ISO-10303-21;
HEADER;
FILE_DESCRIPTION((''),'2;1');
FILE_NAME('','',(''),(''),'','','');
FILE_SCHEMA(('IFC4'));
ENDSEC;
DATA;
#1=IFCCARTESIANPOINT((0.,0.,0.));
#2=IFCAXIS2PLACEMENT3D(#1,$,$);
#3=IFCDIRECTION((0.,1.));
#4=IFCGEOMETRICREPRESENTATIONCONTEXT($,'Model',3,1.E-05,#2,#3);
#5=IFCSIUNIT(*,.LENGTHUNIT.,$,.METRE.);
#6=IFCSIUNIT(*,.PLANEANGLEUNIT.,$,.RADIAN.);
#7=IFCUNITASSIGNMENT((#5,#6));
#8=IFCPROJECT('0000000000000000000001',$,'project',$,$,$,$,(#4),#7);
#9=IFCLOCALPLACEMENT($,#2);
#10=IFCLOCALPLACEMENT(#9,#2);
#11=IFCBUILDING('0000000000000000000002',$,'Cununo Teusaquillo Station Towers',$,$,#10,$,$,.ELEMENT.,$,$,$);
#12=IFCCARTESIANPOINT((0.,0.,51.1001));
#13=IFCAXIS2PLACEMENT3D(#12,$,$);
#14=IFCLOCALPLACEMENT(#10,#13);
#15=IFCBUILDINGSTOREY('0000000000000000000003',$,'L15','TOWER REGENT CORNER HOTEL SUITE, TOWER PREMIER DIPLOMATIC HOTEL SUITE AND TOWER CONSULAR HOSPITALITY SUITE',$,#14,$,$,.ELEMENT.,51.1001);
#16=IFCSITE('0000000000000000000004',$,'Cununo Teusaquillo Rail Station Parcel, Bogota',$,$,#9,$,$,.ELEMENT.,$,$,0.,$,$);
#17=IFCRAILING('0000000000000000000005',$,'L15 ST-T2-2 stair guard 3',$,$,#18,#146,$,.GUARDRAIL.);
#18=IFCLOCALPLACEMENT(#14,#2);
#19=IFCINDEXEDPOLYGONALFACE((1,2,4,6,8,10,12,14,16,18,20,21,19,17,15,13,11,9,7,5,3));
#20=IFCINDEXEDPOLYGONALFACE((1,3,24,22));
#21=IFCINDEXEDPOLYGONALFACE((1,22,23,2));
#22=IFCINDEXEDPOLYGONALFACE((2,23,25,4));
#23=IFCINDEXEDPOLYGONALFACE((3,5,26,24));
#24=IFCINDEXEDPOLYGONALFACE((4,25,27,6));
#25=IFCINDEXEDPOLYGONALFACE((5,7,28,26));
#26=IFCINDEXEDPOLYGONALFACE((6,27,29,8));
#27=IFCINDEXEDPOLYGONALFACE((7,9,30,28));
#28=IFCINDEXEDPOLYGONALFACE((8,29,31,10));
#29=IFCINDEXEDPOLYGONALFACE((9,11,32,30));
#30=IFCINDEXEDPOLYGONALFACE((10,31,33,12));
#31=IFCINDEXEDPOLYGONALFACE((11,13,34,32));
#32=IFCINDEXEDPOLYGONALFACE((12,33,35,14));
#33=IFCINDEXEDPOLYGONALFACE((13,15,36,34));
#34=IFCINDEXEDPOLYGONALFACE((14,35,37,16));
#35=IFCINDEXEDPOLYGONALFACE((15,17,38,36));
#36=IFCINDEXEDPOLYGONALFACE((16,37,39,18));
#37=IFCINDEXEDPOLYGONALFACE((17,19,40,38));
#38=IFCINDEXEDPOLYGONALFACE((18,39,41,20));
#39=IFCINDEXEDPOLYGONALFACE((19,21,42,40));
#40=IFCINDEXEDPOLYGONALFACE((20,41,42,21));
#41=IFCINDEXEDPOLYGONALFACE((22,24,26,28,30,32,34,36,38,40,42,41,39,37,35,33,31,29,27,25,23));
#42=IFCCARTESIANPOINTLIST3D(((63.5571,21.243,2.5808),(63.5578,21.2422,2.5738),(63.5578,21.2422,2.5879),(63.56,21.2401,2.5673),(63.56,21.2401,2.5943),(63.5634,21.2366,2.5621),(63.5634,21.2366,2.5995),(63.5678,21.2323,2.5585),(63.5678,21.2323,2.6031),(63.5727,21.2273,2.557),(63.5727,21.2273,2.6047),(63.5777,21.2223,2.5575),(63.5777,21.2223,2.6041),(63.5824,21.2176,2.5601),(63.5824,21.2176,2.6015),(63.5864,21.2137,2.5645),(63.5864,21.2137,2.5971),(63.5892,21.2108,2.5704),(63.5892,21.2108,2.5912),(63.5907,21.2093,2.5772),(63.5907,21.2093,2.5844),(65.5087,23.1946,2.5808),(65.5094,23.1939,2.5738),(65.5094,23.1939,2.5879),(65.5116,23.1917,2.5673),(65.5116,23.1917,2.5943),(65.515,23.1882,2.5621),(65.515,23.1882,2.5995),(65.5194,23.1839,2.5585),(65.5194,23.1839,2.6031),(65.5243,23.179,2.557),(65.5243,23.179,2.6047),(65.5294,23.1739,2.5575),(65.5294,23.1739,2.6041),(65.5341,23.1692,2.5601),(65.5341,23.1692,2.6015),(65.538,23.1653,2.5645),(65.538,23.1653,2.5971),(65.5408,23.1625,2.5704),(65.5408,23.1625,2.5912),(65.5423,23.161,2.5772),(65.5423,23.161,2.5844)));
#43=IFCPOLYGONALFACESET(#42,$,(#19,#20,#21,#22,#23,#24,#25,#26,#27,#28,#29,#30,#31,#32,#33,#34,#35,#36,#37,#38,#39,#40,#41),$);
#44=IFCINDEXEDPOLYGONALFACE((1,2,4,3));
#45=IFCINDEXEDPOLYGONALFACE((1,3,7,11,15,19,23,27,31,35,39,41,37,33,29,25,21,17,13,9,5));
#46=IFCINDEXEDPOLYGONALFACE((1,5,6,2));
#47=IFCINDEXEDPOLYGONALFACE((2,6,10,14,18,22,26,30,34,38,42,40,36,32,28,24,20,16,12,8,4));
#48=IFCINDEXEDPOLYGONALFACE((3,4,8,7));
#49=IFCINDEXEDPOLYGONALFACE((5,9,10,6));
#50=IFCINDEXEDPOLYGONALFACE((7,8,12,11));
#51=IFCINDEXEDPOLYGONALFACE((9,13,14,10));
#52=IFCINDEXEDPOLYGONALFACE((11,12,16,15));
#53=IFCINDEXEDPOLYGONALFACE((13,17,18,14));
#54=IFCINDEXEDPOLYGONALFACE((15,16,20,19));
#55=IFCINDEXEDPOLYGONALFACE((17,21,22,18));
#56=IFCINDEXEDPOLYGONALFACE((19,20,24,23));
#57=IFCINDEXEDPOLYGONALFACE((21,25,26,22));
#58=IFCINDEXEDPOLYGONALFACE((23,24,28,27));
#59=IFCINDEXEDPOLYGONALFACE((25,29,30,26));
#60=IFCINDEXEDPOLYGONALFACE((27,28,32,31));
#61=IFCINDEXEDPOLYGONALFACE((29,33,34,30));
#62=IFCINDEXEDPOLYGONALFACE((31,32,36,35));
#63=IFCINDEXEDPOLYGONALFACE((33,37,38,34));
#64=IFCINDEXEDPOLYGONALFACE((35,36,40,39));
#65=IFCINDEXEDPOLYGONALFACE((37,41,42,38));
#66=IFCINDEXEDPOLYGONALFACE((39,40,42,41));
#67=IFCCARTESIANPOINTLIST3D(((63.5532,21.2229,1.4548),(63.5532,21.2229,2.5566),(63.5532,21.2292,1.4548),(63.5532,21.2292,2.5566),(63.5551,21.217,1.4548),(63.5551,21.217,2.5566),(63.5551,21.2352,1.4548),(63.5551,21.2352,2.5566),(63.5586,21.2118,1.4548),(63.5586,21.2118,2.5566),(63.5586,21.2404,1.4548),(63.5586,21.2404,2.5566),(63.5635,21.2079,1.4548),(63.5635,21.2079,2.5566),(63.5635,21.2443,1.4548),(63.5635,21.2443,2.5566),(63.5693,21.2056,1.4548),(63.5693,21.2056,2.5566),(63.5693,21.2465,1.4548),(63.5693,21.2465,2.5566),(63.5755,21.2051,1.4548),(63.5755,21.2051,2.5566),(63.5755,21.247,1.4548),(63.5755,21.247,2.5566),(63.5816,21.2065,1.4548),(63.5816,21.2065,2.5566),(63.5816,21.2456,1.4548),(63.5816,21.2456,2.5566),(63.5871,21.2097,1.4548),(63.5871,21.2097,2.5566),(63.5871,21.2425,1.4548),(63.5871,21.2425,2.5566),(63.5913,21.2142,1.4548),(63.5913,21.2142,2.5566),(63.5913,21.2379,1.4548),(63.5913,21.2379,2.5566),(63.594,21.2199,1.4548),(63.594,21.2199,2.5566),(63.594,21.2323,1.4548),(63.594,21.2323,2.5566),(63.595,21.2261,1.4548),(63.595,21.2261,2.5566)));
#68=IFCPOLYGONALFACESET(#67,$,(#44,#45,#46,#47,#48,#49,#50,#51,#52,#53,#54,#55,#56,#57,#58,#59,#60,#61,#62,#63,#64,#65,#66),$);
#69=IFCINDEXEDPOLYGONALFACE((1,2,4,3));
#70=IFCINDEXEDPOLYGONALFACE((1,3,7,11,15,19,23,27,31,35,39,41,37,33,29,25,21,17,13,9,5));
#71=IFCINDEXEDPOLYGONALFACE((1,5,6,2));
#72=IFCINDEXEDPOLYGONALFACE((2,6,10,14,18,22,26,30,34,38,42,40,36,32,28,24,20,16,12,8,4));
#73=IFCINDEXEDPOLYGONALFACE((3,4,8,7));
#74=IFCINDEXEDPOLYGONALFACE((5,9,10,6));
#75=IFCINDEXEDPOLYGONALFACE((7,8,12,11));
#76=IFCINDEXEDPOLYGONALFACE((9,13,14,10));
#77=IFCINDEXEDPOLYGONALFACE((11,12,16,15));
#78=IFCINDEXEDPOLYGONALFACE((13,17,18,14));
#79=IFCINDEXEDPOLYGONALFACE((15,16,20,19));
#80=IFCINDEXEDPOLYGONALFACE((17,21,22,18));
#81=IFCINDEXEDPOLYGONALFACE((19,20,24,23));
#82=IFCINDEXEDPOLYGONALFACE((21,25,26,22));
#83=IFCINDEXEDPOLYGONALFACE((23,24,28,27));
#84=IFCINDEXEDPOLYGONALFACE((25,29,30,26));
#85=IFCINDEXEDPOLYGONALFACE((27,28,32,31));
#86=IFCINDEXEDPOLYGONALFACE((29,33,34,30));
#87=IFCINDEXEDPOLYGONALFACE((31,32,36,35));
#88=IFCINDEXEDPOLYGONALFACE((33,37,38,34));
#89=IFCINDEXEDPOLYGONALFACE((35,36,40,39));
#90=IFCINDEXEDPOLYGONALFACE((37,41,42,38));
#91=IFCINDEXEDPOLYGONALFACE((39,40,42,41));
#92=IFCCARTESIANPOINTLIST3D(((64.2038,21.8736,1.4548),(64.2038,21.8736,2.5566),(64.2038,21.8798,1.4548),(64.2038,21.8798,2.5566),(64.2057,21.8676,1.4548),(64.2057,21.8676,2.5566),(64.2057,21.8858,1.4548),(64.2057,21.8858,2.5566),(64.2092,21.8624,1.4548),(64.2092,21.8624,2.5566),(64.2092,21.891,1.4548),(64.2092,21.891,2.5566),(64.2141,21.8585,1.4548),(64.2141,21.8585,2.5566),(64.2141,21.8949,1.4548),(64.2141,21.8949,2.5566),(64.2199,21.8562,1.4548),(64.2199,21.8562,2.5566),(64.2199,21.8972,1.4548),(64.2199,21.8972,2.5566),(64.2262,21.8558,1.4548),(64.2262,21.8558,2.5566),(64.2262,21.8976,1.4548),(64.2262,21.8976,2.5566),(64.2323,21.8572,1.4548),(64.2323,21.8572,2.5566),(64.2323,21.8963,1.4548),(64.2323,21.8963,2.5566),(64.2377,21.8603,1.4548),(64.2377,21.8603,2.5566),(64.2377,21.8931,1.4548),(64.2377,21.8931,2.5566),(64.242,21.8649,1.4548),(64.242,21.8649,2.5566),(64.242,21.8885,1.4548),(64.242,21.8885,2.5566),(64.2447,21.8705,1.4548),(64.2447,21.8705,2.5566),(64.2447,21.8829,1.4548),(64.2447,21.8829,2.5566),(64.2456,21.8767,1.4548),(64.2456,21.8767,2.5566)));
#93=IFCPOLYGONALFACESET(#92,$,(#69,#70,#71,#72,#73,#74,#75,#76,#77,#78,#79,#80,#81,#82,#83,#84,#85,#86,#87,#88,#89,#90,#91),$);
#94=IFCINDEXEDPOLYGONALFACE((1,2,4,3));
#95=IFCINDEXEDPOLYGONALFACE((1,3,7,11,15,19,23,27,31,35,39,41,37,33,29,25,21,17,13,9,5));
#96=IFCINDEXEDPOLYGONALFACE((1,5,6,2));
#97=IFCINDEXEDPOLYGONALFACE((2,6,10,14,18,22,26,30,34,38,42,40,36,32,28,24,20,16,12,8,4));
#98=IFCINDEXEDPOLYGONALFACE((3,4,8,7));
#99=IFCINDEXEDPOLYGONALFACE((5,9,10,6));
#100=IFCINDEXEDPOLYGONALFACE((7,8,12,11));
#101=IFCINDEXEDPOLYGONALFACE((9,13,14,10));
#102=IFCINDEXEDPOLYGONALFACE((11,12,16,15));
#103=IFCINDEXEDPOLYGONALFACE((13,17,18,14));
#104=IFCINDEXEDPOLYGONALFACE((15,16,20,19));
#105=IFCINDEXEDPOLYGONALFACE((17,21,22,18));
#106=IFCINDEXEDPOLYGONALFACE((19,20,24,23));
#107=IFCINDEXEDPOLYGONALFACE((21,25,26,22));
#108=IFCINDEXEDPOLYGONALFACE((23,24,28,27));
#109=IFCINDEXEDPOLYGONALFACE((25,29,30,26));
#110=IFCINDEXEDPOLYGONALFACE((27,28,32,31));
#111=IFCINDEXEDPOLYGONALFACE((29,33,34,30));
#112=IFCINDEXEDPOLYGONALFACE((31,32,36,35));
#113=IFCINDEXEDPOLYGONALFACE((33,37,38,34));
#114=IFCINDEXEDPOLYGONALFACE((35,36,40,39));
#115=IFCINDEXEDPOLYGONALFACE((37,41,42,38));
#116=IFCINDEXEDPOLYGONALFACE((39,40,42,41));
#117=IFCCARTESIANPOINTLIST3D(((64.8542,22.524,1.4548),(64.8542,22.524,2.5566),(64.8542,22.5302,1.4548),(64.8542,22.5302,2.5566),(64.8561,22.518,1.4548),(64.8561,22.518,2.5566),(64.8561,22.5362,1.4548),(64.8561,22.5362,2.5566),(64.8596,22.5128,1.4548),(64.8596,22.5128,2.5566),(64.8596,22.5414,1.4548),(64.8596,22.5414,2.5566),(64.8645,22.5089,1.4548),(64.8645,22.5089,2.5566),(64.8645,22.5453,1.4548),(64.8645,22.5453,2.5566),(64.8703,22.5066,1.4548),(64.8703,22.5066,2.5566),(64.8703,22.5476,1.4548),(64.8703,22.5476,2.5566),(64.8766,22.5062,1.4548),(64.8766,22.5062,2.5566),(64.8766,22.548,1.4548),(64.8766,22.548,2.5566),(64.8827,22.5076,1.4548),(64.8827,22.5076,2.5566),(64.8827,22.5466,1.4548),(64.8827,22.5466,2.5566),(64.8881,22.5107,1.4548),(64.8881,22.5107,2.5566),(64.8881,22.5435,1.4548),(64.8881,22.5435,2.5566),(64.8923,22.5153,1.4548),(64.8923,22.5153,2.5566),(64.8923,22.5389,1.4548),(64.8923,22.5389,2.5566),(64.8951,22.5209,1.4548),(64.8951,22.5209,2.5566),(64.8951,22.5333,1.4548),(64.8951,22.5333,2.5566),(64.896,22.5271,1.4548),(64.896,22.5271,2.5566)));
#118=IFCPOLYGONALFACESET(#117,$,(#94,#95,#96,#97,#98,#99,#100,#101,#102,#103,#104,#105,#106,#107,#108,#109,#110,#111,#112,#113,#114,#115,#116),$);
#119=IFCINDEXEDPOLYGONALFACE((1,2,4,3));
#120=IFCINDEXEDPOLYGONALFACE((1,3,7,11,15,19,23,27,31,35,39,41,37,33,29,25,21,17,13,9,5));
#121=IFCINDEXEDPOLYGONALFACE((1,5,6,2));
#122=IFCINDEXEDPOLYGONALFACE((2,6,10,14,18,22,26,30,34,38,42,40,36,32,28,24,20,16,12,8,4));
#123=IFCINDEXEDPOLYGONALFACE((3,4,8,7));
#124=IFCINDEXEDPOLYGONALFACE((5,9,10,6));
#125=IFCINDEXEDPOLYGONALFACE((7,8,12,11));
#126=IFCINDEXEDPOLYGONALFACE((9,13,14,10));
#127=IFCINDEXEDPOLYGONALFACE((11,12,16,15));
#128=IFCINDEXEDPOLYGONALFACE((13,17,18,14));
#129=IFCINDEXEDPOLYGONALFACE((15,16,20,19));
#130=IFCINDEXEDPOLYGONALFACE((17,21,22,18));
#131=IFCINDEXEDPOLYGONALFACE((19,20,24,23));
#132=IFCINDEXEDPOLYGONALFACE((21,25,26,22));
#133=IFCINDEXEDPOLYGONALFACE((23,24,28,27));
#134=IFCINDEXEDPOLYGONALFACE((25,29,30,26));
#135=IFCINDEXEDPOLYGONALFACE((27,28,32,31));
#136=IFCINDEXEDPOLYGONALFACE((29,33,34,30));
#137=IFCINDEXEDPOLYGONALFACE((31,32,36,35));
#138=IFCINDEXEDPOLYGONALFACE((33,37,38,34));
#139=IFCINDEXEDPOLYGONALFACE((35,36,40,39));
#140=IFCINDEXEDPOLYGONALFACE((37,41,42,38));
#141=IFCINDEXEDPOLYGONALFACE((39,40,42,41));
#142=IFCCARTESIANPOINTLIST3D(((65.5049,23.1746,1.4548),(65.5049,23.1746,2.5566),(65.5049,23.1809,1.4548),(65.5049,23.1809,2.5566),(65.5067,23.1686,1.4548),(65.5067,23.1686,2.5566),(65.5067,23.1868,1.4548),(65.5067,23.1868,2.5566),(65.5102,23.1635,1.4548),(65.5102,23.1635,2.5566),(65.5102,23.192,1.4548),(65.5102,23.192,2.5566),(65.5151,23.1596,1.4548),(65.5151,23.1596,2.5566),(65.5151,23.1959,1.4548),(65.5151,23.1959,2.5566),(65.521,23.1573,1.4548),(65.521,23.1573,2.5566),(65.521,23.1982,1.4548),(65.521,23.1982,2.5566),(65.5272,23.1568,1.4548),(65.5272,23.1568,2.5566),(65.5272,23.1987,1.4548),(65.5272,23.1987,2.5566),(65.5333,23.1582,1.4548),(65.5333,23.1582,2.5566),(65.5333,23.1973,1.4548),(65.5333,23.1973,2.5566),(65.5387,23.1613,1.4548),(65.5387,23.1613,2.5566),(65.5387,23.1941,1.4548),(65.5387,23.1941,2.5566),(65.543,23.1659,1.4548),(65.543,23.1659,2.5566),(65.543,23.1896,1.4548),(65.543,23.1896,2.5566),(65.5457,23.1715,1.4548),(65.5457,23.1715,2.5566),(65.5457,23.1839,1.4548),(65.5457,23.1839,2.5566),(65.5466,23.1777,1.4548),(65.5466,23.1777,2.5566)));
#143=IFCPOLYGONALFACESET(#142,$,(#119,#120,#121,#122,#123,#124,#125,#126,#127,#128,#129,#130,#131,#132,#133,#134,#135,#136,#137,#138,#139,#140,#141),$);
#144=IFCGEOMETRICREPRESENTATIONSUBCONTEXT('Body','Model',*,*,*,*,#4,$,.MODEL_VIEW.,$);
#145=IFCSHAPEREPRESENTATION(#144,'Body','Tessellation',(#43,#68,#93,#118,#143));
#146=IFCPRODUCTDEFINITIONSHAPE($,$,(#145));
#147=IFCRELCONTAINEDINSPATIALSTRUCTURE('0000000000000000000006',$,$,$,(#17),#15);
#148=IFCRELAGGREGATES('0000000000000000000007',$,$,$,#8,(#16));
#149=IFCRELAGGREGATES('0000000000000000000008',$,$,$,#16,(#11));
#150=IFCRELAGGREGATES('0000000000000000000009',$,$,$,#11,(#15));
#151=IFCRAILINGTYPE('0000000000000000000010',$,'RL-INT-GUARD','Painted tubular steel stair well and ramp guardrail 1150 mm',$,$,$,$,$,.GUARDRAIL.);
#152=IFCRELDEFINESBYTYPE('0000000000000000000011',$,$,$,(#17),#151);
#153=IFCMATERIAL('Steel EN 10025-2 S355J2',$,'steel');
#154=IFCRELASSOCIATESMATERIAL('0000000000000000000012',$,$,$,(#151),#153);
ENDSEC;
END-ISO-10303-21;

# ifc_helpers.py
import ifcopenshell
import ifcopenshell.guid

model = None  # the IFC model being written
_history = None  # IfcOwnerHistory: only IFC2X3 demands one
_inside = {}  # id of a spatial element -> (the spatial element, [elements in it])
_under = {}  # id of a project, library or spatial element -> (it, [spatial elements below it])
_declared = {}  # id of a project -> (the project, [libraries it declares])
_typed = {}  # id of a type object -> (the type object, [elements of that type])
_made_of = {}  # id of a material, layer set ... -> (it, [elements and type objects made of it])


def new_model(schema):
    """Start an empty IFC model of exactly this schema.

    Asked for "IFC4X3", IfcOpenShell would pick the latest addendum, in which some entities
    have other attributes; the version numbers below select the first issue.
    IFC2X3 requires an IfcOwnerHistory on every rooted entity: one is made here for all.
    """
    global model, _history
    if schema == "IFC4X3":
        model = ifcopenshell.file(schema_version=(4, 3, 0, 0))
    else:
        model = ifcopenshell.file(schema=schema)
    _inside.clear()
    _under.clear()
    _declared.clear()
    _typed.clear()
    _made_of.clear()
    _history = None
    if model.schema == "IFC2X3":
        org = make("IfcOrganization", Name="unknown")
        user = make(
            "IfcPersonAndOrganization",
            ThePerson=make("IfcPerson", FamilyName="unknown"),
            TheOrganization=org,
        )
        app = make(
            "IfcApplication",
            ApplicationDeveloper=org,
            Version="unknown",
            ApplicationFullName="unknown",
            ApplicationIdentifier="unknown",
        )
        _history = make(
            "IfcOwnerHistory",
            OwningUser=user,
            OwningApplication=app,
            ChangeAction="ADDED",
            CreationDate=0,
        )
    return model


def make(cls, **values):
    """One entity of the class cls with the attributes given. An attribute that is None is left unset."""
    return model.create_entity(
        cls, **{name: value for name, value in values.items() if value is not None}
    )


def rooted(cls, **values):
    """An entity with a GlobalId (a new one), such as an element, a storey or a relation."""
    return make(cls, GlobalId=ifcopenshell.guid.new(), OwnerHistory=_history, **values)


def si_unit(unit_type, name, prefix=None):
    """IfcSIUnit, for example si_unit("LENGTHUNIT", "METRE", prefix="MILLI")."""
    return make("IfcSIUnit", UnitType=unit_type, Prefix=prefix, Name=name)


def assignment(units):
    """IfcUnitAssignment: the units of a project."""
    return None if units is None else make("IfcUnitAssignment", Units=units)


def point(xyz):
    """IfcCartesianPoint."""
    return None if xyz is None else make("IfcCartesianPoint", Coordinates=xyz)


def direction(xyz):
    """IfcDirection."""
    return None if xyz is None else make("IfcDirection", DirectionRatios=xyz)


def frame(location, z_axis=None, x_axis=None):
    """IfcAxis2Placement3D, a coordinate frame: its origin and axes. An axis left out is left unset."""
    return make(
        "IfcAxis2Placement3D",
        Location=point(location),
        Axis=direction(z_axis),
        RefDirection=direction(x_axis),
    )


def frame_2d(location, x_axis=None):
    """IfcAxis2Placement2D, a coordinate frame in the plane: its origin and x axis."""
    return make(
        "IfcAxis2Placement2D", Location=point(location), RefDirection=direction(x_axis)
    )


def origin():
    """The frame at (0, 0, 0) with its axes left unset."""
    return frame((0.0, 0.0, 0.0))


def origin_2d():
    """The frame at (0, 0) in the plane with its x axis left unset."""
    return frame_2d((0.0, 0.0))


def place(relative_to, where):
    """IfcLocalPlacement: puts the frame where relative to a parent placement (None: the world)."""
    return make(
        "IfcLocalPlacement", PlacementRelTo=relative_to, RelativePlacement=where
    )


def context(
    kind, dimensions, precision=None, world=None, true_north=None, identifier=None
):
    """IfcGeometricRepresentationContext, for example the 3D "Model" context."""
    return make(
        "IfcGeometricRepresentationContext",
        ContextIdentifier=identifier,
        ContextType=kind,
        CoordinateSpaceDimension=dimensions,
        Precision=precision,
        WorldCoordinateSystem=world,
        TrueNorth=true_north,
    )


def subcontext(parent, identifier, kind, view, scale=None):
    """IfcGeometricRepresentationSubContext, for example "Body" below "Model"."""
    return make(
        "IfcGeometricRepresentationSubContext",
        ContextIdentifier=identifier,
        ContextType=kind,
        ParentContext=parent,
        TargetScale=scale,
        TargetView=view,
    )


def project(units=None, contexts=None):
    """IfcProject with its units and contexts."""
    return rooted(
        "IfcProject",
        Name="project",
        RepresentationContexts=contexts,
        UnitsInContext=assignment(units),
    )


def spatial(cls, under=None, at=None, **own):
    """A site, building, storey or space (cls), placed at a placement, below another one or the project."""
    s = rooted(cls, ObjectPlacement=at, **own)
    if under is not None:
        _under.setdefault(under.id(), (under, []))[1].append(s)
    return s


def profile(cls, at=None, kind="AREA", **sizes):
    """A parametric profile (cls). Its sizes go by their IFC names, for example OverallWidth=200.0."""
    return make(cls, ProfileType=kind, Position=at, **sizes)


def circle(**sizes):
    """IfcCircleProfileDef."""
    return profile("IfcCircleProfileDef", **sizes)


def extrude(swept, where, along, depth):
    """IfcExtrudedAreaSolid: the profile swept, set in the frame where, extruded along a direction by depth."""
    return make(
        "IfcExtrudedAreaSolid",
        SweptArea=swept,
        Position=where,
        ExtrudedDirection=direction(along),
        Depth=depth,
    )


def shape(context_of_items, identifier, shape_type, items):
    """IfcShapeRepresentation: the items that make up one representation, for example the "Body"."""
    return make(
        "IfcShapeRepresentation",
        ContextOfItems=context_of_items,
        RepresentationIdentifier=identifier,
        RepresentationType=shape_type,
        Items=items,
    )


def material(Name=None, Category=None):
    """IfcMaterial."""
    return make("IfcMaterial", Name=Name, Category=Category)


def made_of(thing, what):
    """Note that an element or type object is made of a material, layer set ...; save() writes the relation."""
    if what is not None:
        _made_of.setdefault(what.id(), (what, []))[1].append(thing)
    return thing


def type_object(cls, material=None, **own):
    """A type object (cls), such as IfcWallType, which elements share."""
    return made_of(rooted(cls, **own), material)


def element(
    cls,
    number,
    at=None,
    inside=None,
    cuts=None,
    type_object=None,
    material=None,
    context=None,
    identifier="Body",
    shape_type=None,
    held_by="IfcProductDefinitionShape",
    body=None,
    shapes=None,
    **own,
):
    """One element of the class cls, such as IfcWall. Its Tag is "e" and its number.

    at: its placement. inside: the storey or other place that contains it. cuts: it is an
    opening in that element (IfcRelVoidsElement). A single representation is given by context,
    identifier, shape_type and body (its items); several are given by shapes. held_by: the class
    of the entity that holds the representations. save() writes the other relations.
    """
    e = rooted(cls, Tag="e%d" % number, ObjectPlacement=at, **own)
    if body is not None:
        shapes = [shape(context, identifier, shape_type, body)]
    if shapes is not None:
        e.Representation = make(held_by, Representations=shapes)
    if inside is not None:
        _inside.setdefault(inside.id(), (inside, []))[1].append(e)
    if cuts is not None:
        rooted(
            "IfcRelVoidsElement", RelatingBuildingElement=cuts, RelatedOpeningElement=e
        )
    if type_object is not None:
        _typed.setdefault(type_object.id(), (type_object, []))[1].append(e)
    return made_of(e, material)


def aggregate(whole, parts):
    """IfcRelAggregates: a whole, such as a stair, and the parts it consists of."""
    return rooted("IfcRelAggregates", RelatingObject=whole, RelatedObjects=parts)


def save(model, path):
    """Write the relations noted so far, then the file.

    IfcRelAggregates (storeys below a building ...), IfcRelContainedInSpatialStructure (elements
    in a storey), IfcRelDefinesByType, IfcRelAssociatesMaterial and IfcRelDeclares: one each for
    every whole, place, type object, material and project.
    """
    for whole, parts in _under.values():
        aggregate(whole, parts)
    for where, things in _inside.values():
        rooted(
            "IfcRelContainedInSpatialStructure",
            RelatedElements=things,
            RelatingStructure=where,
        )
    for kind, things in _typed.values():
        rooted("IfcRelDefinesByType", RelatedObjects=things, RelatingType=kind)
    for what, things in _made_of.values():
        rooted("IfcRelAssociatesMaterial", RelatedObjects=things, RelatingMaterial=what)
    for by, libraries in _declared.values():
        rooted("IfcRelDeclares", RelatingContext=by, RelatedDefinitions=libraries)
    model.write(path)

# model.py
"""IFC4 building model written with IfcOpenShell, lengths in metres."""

from ifc_helpers import new_model, si_unit, direction, frame, origin, origin_2d, place, context, subcontext, project, spatial, circle, extrude, material, type_object, element, save


model = new_model("IFC4")

# Units and contexts
model_context = context("Model", 3, precision=1e-05, world=origin(), true_north=direction((0.0, 1.0)))
body_context = subcontext(model_context, "Body", "Model", "MODEL_VIEW")
ifc_project = project(units=[si_unit("LENGTHUNIT", "METRE"), si_unit("PLANEANGLEUNIT", "RADIAN")], contexts=[model_context])

# Site, building, storey
site_placement = place(None, origin())
site = spatial("IfcSite", under=ifc_project, at=site_placement, Name="Cununo Teusaquillo Rail Station Parcel, Bogota", CompositionType="ELEMENT", RefElevation=0.0)
building_placement = place(site_placement, origin())
building = spatial("IfcBuilding", under=site, at=building_placement, Name="Cununo Teusaquillo Station Towers", CompositionType="ELEMENT")
storey_placement = place(building_placement, frame((0.0, 0.0, 51.1001)))
storey = spatial("IfcBuildingStorey", under=building, at=storey_placement, Name="L15", Description="TOWER REGENT CORNER HOTEL SUITE, TOWER PREMIER DIPLOMATIC HOTEL SUITE AND TOWER CONSULAR HOSPITALITY SUITE", CompositionType="ELEMENT", Elevation=51.1001)

# Railing
ifc_material_1 = material(Name="Steel EN 10025-2 S355J2", Category="steel")
railing_type = type_object("IfcRailingType", Name="RL-INT-GUARD", Description="Painted tubular steel stair well and ramp guardrail 1150 mm", PredefinedType="GUARDRAIL", material=ifc_material_1)
railing_1_placement = place(storey_placement, frame((63.574, 21.2261, 1.4548)))
element("IfcRailing", 1, at=railing_1_placement, inside=storey, type_object=railing_type, Name="L15 ST-T2-2 stair guard 3", PredefinedType="GUARDRAIL", context=body_context, shape_type="SweptSolid", body=[
    extrude(circle(Radius=0.0239, at=origin_2d()), frame((0.0, 0.0, 1.126), z_axis=(0.707107, 0.707107, 0.0), x_axis=(-0.707107, 0.707107, 0.0)), (0.0, 0.0, 1.0), 2.76),
    extrude(circle(Radius=0.021, at=origin_2d()), origin(), (0.0, 0.0, 1.0), 1.1018),
    extrude(circle(Radius=0.021, at=origin_2d()), frame((0.6506, 0.6506, 0.0)), (0.0, 0.0, 1.0), 1.1018),
    extrude(circle(Radius=0.021, at=origin_2d()), frame((1.301, 1.301, 0.0)), (0.0, 0.0, 1.0), 1.1018),
    extrude(circle(Radius=0.021, at=origin_2d()), frame((1.9517, 1.9517, 0.0)), (0.0, 0.0, 1.0), 1.1018),
])

save(model, "model.ifc")
